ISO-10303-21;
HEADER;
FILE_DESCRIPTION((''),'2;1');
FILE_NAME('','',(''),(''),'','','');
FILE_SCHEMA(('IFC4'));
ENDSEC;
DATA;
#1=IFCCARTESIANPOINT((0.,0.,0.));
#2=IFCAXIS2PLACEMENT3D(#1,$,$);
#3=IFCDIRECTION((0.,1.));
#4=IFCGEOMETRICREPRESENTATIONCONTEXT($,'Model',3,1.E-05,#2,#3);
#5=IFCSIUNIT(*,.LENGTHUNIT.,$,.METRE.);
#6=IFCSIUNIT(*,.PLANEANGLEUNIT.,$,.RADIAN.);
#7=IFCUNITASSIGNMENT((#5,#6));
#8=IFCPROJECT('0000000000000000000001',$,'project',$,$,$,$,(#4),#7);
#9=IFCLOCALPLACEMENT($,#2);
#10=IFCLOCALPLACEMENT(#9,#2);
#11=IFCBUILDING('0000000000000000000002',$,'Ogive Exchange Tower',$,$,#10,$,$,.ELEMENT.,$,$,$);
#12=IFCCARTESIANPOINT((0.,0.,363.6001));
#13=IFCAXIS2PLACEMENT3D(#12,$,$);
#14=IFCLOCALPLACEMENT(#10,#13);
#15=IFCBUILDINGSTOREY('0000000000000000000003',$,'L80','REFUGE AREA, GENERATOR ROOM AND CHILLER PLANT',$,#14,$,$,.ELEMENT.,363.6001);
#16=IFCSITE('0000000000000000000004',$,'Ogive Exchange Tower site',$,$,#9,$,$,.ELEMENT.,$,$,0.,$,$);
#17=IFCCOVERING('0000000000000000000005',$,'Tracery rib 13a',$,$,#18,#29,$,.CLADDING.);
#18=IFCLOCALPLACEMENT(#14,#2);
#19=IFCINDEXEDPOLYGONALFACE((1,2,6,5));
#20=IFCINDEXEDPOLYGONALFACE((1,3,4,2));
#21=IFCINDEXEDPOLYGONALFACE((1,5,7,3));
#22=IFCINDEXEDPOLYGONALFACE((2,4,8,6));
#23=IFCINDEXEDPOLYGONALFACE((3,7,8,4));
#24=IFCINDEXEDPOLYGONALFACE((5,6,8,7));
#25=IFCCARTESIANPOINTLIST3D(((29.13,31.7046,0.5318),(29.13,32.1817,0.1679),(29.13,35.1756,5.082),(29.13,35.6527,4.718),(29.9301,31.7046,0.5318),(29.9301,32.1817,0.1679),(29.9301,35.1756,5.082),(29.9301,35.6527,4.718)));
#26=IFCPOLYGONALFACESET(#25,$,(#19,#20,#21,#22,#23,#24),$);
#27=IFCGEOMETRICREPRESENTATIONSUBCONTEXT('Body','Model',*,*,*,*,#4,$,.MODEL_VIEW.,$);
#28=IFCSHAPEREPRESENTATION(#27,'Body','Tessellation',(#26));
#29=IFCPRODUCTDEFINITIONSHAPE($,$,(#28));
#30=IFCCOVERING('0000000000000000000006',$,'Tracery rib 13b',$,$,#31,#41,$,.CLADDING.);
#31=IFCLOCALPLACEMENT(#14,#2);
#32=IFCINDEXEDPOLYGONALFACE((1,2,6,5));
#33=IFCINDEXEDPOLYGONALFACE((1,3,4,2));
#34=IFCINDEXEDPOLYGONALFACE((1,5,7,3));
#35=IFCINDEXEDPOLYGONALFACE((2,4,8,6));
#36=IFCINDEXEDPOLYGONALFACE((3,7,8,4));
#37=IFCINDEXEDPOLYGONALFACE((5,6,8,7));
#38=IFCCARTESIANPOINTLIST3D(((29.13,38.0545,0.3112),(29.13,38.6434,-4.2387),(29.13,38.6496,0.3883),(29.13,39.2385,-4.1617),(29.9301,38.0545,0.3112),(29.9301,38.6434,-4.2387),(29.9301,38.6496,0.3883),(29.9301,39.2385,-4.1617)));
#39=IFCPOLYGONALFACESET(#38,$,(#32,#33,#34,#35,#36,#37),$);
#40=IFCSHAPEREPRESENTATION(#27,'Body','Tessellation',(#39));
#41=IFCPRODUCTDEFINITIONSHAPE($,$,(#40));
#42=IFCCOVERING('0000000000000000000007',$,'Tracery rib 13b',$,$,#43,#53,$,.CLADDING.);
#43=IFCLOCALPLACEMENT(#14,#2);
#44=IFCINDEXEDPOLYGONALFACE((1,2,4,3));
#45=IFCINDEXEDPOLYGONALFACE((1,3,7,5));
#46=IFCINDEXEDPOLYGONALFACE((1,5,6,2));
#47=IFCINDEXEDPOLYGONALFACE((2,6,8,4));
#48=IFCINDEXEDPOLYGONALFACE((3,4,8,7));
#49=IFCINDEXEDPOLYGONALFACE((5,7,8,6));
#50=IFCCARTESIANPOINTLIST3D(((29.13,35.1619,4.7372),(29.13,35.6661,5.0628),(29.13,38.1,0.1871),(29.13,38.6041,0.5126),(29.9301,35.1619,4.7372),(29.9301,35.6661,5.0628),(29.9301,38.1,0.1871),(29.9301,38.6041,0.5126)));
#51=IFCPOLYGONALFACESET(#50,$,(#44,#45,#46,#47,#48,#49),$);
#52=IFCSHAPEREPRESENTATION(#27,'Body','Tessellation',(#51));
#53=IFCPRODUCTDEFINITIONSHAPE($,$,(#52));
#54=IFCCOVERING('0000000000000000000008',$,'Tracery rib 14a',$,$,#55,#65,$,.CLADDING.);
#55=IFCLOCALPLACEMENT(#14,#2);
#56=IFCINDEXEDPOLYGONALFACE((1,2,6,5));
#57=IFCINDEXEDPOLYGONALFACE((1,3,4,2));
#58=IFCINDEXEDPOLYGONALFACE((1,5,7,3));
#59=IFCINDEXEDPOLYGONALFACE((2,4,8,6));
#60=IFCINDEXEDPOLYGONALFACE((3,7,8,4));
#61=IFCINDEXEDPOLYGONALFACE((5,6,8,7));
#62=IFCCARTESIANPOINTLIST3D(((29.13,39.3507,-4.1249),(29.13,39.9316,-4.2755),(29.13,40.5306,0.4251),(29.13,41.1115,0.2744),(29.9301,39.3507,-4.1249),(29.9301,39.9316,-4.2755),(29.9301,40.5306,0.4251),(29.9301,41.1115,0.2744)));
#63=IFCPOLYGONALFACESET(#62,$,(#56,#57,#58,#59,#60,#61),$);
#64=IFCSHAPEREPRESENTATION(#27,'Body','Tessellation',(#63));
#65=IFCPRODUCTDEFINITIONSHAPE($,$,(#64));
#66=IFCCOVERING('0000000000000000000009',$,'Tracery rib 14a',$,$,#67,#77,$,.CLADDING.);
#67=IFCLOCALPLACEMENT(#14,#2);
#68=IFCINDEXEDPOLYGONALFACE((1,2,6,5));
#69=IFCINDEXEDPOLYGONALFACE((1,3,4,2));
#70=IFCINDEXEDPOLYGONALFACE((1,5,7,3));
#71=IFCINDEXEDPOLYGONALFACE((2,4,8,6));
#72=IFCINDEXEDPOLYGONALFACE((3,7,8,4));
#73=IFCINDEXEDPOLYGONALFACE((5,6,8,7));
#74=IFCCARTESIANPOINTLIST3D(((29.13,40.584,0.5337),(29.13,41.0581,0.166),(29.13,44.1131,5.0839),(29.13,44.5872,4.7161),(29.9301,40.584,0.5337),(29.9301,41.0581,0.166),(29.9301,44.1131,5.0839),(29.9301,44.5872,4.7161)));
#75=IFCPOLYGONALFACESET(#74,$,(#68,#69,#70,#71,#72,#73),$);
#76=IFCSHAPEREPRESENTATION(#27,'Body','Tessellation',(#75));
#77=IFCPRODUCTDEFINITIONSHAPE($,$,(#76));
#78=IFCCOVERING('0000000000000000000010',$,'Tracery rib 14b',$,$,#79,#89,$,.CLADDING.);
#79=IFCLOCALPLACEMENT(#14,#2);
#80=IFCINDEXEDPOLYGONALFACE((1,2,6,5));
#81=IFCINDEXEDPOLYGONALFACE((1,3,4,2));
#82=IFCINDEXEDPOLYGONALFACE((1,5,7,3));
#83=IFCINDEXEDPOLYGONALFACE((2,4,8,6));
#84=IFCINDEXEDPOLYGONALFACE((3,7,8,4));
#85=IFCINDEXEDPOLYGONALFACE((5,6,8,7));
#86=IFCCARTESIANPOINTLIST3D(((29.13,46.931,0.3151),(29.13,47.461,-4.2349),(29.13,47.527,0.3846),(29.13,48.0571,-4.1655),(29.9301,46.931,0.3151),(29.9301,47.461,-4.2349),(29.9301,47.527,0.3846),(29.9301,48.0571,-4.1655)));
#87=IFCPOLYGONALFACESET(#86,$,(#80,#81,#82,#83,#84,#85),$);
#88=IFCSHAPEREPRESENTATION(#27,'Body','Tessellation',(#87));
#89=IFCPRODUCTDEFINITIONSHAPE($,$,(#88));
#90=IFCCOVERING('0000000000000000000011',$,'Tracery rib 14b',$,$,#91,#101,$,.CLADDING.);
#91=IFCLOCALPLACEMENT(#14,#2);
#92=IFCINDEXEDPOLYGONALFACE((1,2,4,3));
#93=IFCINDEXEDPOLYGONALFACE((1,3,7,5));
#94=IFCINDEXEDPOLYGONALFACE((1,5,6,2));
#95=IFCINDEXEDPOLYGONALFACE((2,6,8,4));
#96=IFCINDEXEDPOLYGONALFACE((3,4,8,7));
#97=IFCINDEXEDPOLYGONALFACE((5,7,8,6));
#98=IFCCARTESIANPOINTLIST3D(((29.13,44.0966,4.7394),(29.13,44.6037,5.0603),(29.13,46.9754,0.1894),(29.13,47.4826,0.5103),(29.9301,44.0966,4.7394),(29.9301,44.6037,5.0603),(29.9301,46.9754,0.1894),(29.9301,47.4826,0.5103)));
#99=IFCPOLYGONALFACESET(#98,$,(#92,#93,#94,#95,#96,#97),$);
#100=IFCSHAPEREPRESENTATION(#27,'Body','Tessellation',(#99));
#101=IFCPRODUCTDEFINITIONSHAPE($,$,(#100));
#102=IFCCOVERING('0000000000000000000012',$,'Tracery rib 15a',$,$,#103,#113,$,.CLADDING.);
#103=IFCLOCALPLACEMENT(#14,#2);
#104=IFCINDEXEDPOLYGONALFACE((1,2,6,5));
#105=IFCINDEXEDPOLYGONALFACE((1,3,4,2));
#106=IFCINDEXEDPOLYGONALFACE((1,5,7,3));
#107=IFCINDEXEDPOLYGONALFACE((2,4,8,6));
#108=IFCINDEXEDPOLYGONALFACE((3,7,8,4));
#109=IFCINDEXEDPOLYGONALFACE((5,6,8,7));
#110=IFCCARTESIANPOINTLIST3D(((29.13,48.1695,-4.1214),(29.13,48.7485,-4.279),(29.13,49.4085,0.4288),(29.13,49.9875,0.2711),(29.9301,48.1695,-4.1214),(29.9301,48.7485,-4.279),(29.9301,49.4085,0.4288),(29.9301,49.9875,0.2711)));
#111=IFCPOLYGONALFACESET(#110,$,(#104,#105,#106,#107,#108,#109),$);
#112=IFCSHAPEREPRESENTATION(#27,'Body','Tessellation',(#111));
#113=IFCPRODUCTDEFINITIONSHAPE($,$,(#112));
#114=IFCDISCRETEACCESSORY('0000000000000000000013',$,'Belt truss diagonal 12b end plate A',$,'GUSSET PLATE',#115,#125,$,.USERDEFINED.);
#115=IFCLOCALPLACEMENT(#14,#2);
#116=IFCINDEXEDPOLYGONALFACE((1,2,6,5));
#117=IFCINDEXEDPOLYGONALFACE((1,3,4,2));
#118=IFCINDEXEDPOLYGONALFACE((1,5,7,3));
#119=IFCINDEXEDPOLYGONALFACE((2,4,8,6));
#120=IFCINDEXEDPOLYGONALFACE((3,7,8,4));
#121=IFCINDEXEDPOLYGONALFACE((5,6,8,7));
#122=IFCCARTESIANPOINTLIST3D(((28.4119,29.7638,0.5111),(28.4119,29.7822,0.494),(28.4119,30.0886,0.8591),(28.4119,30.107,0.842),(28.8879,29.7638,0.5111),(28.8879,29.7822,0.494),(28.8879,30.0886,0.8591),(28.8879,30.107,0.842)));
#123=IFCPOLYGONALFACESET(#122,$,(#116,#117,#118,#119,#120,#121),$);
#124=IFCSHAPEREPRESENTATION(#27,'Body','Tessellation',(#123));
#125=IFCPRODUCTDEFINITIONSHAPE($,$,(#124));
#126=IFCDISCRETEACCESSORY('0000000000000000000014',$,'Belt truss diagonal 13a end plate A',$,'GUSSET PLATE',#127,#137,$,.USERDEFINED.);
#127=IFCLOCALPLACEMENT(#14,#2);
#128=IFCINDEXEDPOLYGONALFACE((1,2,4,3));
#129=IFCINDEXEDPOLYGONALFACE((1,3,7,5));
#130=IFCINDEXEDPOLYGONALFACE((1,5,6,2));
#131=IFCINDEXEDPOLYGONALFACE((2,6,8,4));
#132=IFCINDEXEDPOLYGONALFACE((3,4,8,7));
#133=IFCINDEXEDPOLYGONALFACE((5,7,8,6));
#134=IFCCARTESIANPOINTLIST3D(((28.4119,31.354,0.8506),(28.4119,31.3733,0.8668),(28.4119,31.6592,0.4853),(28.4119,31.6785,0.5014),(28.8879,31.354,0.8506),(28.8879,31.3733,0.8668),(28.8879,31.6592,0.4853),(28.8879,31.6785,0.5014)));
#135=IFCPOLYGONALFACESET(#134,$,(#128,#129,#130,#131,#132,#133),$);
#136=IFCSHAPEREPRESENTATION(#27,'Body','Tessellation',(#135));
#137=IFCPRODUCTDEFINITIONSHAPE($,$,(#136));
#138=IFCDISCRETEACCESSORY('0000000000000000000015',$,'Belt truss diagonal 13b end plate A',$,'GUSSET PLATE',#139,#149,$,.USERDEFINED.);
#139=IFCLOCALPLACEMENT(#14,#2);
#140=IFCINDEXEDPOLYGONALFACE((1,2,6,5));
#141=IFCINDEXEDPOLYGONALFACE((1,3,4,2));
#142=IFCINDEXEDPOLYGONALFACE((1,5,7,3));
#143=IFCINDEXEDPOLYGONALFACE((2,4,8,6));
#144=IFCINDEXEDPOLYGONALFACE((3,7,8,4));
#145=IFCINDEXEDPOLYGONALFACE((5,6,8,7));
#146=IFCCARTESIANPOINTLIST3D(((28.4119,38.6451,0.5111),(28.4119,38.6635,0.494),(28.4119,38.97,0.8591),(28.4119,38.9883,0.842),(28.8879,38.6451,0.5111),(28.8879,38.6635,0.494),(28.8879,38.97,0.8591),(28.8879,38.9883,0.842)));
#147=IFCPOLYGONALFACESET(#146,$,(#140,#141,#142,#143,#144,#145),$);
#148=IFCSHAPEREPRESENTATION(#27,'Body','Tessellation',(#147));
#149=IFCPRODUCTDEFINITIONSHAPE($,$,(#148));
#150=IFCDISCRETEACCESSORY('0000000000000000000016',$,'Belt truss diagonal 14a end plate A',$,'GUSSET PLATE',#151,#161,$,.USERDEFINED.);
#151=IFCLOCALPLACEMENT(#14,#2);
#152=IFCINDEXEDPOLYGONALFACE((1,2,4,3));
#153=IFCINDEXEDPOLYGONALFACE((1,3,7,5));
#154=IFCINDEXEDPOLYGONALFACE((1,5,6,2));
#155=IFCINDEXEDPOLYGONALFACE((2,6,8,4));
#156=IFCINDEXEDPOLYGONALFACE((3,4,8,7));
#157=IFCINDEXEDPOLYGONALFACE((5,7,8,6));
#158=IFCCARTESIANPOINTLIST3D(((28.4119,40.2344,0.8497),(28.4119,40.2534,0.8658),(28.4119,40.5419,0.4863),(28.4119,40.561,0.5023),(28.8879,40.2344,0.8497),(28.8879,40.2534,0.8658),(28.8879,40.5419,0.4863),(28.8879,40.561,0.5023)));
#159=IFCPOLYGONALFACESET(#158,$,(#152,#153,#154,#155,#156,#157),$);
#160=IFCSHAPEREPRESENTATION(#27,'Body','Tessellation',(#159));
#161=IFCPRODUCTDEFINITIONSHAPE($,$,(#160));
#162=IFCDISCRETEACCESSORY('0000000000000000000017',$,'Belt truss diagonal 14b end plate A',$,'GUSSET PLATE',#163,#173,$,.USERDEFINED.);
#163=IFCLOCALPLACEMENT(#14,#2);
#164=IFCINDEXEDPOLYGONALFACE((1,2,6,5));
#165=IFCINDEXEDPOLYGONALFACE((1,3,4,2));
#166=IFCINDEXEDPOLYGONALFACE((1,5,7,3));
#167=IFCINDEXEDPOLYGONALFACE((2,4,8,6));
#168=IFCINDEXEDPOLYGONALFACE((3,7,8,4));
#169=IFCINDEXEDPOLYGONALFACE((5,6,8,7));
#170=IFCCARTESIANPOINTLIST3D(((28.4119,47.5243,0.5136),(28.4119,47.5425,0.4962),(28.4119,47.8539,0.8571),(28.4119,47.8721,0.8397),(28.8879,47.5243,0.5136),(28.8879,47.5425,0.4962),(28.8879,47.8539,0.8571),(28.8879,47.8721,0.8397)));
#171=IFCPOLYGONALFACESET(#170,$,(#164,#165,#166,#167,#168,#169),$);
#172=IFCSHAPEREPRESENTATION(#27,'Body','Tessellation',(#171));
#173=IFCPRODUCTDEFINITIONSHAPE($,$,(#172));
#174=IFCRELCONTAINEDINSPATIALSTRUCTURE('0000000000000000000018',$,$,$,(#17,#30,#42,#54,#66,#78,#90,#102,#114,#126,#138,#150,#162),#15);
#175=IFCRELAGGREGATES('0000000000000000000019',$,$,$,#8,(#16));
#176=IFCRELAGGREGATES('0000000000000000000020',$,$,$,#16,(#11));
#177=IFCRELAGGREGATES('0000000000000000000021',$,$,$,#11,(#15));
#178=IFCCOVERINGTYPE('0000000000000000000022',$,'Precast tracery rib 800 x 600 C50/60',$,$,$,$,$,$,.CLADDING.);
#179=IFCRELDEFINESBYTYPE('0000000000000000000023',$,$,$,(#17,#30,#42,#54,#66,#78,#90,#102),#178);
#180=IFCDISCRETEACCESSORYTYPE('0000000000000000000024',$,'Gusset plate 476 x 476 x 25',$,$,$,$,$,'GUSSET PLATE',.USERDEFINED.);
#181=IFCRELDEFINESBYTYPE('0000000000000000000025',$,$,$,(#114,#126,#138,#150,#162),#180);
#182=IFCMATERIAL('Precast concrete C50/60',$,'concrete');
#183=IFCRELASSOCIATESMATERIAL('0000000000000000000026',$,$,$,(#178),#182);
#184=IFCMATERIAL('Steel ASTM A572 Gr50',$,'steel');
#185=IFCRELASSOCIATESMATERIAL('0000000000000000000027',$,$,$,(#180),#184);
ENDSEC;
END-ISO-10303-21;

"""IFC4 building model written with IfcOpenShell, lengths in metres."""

from ifc_helpers import new_model, si_unit, direction, frame, origin, origin_2d, place, context, subcontext, project, spatial, rectangle, extrude, material, material_profile, profile_set, type_object, element, save


model = new_model("IFC4")

# Units and contexts
model_context = context("Model", 3, precision=1e-05, world=origin(), true_north=direction((0.0, 1.0)))
body_context = subcontext(model_context, "Body", "Model", "MODEL_VIEW")
ifc_project = project(units=[si_unit("LENGTHUNIT", "METRE"), si_unit("PLANEANGLEUNIT", "RADIAN")], contexts=[model_context])

# Site, building, storey
site_placement = place(None, origin())
site = spatial("IfcSite", under=ifc_project, at=site_placement, Name="Ogive Exchange Tower site", CompositionType="ELEMENT", RefElevation=0.0)
building_placement = place(site_placement, origin())
building = spatial("IfcBuilding", under=site, at=building_placement, Name="Ogive Exchange Tower", CompositionType="ELEMENT")
storey_placement = place(building_placement, frame((0.0, 0.0, 363.6001)))
storey = spatial("IfcBuildingStorey", under=building, at=storey_placement, Name="L80", Description="REFUGE AREA, GENERATOR ROOM AND CHILLER PLANT", CompositionType="ELEMENT", Elevation=363.6001)

# Coverings
ifc_material_1 = material(Name="Precast concrete C50/60", Category="concrete")
ifc_material_profile_1 = material_profile(ifc_material_1, rectangle(XDim=0.8, YDim=0.6001, at=origin_2d()), Name="RIB 800 x 600")
ifc_profile_set_1 = profile_set([ifc_material_profile_1], Name="Precast concrete C50/60")
covering_type = type_object("IfcCoveringType", Name="Precast tracery rib 800 x 600 C50/60", PredefinedType="CLADDING", material=ifc_profile_set_1)
covering_1_placement = place(storey_placement, frame((29.53, 31.9431, 0.3499), z_axis=(0.0, 0.606512, 0.795074), x_axis=(-1.0, 0.0, 0.0)))
element("IfcCovering", 1, at=covering_1_placement, inside=storey, type_object=covering_type, Name="Tracery rib 13a", PredefinedType="CLADDING", context=body_context, shape_type="SweptSolid", body=[
    extrude(rectangle(XDim=0.8, YDim=0.6001, at=origin_2d()), origin(), (0.0, 0.0, 1.0), 5.7229),
])
covering_2_placement = place(storey_placement, frame((29.53, 38.9409, -4.2002), z_axis=(0.0, -0.12835, 0.991729), x_axis=(1.0, 0.0, 0.0)))
element("IfcCovering", 2, at=covering_2_placement, inside=storey, type_object=covering_type, Name="Tracery rib 13b", PredefinedType="CLADDING", context=body_context, shape_type="SweptSolid", body=[
    extrude(rectangle(XDim=0.8, YDim=0.6001, at=origin_2d()), origin(), (0.0, 0.0, 1.0), 4.5879),
])
covering_3_placement = place(storey_placement, frame((29.53, 38.3521, 0.3499), z_axis=(0.0, -0.542449, 0.840089), x_axis=(1.0, 0.0, 0.0)))
element("IfcCovering", 3, at=covering_3_placement, inside=storey, type_object=covering_type, Name="Tracery rib 13b", PredefinedType="CLADDING", context=body_context, shape_type="SweptSolid", body=[
    extrude(rectangle(XDim=0.8, YDim=0.6001, at=origin_2d()), origin(), (0.0, 0.0, 1.0), 5.4163),
])
covering_4_placement = place(storey_placement, frame((29.53, 39.6411, -4.2002), z_axis=(0.0, 0.25102, 0.967982), x_axis=(-1.0, 0.0, 0.0)))
element("IfcCovering", 4, at=covering_4_placement, inside=storey, type_object=covering_type, Name="Tracery rib 14a", PredefinedType="CLADDING", context=body_context, shape_type="SweptSolid", body=[
    extrude(rectangle(XDim=0.8, YDim=0.6001, at=origin_2d()), origin(), (0.0, 0.0, 1.0), 4.7004),
])
covering_5_placement = place(storey_placement, frame((29.53, 40.821, 0.3499), z_axis=(0.0, 0.612872, 0.790183), x_axis=(-1.0, 0.0, 0.0)))
element("IfcCovering", 5, at=covering_5_placement, inside=storey, type_object=covering_type, Name="Tracery rib 14a", PredefinedType="CLADDING", context=body_context, shape_type="SweptSolid", body=[
    extrude(rectangle(XDim=0.8, YDim=0.6001, at=origin_2d()), origin(), (0.0, 0.0, 1.0), 5.7583),
])
covering_6_placement = place(storey_placement, frame((29.53, 47.759, -4.2002), z_axis=(0.0, -0.115706, 0.993283), x_axis=(1.0, 0.0, 0.0)))
element("IfcCovering", 6, at=covering_6_placement, inside=storey, type_object=covering_type, Name="Tracery rib 14b", PredefinedType="CLADDING", context=body_context, shape_type="SweptSolid", body=[
    extrude(rectangle(XDim=0.8, YDim=0.6001, at=origin_2d()), origin(), (0.0, 0.0, 1.0), 4.5808),
])
covering_7_placement = place(storey_placement, frame((29.53, 47.229, 0.3499), z_axis=(0.0, -0.534682, 0.845053), x_axis=(1.0, 0.0, 0.0)))
element("IfcCovering", 7, at=covering_7_placement, inside=storey, type_object=covering_type, Name="Tracery rib 14b", PredefinedType="CLADDING", context=body_context, shape_type="SweptSolid", body=[
    extrude(rectangle(XDim=0.8, YDim=0.6001, at=origin_2d()), origin(), (0.0, 0.0, 1.0), 5.3843),
])
covering_8_placement = place(storey_placement, frame((29.53, 48.459, -4.2002), z_axis=(0.0, 0.262741, 0.964866), x_axis=(-1.0, 0.0, 0.0)))
element("IfcCovering", 8, at=covering_8_placement, inside=storey, type_object=covering_type, Name="Tracery rib 15a", PredefinedType="CLADDING", context=body_context, shape_type="SweptSolid", body=[
    extrude(rectangle(XDim=0.8, YDim=0.6001, at=origin_2d()), origin(), (0.0, 0.0, 1.0), 4.7158),
])

# Discrete accessories
ifc_material_2 = material(Name="Steel ASTM A572 Gr50", Category="steel")
ifc_material_profile_2 = material_profile(ifc_material_2, rectangle(XDim=0.4761, YDim=0.4761, at=origin_2d()), Name="PL 476 x 476 x 25")
ifc_profile_set_2 = profile_set([ifc_material_profile_2], Name="Steel ASTM A572 Gr50")
discrete_accessory_type = type_object("IfcDiscreteAccessoryType", Name="Gusset plate 476 x 476 x 25", ElementType="GUSSET PLATE", PredefinedType="USERDEFINED", material=ifc_profile_set_2)
for number, where, z_axis, x_axis, name in (
    (9, (28.6499, 29.9446, 0.668), (0.0, -0.731055, 0.682318), (1.0, 0.0, 0.0), "Belt truss diagonal 12b end plate A"),
    (10, (28.6499, 31.5066, 0.668), (0.0, 0.767424, 0.641139), (-1.0, 0.0, 0.0), "Belt truss diagonal 13a end plate A"),
    (11, (28.6499, 38.8259, 0.668), (0.0, -0.731055, 0.682318), (1.0, 0.0, 0.0), "Belt truss diagonal 13b end plate A"),
):
    element("IfcDiscreteAccessory", number, at=place(storey_placement, frame(where, z_axis=z_axis, x_axis=x_axis)), inside=storey, type_object=discrete_accessory_type, Name=name, ObjectType="GUSSET PLATE", PredefinedType="USERDEFINED", context=body_context, shape_type="SweptSolid", body=[
        extrude(rectangle(XDim=0.4761, YDim=0.4761, at=origin_2d()), origin(), (0.0, 0.0, 1.0), 0.0251),
    ])
discrete_accessory_1_placement = place(storey_placement, frame((28.6499, 40.3882, 0.668), z_axis=(0.0, 0.763386, 0.645942), x_axis=(-1.0, 0.0, 0.0)))
element("IfcDiscreteAccessory", 12, at=discrete_accessory_1_placement, inside=storey, type_object=discrete_accessory_type, Name="Belt truss diagonal 14a end plate A", ObjectType="GUSSET PLATE", PredefinedType="USERDEFINED", context=body_context, shape_type="SweptSolid", body=[
    extrude(rectangle(XDim=0.4761, YDim=0.4761, at=origin_2d()), origin(), (0.0, 0.0, 1.0), 0.0249),
])
discrete_accessory_2_placement = place(storey_placement, frame((28.6499, 47.7073, 0.668), z_axis=(0.0, -0.721582, 0.692329), x_axis=(1.0, 0.0, 0.0)))
element("IfcDiscreteAccessory", 13, at=discrete_accessory_2_placement, inside=storey, type_object=discrete_accessory_type, Name="Belt truss diagonal 14b end plate A", ObjectType="GUSSET PLATE", PredefinedType="USERDEFINED", context=body_context, shape_type="SweptSolid", body=[
    extrude(rectangle(XDim=0.4761, YDim=0.4761, at=origin_2d()), origin(), (0.0, 0.0, 1.0), 0.0251),
])

save(model, "model.ifc")
